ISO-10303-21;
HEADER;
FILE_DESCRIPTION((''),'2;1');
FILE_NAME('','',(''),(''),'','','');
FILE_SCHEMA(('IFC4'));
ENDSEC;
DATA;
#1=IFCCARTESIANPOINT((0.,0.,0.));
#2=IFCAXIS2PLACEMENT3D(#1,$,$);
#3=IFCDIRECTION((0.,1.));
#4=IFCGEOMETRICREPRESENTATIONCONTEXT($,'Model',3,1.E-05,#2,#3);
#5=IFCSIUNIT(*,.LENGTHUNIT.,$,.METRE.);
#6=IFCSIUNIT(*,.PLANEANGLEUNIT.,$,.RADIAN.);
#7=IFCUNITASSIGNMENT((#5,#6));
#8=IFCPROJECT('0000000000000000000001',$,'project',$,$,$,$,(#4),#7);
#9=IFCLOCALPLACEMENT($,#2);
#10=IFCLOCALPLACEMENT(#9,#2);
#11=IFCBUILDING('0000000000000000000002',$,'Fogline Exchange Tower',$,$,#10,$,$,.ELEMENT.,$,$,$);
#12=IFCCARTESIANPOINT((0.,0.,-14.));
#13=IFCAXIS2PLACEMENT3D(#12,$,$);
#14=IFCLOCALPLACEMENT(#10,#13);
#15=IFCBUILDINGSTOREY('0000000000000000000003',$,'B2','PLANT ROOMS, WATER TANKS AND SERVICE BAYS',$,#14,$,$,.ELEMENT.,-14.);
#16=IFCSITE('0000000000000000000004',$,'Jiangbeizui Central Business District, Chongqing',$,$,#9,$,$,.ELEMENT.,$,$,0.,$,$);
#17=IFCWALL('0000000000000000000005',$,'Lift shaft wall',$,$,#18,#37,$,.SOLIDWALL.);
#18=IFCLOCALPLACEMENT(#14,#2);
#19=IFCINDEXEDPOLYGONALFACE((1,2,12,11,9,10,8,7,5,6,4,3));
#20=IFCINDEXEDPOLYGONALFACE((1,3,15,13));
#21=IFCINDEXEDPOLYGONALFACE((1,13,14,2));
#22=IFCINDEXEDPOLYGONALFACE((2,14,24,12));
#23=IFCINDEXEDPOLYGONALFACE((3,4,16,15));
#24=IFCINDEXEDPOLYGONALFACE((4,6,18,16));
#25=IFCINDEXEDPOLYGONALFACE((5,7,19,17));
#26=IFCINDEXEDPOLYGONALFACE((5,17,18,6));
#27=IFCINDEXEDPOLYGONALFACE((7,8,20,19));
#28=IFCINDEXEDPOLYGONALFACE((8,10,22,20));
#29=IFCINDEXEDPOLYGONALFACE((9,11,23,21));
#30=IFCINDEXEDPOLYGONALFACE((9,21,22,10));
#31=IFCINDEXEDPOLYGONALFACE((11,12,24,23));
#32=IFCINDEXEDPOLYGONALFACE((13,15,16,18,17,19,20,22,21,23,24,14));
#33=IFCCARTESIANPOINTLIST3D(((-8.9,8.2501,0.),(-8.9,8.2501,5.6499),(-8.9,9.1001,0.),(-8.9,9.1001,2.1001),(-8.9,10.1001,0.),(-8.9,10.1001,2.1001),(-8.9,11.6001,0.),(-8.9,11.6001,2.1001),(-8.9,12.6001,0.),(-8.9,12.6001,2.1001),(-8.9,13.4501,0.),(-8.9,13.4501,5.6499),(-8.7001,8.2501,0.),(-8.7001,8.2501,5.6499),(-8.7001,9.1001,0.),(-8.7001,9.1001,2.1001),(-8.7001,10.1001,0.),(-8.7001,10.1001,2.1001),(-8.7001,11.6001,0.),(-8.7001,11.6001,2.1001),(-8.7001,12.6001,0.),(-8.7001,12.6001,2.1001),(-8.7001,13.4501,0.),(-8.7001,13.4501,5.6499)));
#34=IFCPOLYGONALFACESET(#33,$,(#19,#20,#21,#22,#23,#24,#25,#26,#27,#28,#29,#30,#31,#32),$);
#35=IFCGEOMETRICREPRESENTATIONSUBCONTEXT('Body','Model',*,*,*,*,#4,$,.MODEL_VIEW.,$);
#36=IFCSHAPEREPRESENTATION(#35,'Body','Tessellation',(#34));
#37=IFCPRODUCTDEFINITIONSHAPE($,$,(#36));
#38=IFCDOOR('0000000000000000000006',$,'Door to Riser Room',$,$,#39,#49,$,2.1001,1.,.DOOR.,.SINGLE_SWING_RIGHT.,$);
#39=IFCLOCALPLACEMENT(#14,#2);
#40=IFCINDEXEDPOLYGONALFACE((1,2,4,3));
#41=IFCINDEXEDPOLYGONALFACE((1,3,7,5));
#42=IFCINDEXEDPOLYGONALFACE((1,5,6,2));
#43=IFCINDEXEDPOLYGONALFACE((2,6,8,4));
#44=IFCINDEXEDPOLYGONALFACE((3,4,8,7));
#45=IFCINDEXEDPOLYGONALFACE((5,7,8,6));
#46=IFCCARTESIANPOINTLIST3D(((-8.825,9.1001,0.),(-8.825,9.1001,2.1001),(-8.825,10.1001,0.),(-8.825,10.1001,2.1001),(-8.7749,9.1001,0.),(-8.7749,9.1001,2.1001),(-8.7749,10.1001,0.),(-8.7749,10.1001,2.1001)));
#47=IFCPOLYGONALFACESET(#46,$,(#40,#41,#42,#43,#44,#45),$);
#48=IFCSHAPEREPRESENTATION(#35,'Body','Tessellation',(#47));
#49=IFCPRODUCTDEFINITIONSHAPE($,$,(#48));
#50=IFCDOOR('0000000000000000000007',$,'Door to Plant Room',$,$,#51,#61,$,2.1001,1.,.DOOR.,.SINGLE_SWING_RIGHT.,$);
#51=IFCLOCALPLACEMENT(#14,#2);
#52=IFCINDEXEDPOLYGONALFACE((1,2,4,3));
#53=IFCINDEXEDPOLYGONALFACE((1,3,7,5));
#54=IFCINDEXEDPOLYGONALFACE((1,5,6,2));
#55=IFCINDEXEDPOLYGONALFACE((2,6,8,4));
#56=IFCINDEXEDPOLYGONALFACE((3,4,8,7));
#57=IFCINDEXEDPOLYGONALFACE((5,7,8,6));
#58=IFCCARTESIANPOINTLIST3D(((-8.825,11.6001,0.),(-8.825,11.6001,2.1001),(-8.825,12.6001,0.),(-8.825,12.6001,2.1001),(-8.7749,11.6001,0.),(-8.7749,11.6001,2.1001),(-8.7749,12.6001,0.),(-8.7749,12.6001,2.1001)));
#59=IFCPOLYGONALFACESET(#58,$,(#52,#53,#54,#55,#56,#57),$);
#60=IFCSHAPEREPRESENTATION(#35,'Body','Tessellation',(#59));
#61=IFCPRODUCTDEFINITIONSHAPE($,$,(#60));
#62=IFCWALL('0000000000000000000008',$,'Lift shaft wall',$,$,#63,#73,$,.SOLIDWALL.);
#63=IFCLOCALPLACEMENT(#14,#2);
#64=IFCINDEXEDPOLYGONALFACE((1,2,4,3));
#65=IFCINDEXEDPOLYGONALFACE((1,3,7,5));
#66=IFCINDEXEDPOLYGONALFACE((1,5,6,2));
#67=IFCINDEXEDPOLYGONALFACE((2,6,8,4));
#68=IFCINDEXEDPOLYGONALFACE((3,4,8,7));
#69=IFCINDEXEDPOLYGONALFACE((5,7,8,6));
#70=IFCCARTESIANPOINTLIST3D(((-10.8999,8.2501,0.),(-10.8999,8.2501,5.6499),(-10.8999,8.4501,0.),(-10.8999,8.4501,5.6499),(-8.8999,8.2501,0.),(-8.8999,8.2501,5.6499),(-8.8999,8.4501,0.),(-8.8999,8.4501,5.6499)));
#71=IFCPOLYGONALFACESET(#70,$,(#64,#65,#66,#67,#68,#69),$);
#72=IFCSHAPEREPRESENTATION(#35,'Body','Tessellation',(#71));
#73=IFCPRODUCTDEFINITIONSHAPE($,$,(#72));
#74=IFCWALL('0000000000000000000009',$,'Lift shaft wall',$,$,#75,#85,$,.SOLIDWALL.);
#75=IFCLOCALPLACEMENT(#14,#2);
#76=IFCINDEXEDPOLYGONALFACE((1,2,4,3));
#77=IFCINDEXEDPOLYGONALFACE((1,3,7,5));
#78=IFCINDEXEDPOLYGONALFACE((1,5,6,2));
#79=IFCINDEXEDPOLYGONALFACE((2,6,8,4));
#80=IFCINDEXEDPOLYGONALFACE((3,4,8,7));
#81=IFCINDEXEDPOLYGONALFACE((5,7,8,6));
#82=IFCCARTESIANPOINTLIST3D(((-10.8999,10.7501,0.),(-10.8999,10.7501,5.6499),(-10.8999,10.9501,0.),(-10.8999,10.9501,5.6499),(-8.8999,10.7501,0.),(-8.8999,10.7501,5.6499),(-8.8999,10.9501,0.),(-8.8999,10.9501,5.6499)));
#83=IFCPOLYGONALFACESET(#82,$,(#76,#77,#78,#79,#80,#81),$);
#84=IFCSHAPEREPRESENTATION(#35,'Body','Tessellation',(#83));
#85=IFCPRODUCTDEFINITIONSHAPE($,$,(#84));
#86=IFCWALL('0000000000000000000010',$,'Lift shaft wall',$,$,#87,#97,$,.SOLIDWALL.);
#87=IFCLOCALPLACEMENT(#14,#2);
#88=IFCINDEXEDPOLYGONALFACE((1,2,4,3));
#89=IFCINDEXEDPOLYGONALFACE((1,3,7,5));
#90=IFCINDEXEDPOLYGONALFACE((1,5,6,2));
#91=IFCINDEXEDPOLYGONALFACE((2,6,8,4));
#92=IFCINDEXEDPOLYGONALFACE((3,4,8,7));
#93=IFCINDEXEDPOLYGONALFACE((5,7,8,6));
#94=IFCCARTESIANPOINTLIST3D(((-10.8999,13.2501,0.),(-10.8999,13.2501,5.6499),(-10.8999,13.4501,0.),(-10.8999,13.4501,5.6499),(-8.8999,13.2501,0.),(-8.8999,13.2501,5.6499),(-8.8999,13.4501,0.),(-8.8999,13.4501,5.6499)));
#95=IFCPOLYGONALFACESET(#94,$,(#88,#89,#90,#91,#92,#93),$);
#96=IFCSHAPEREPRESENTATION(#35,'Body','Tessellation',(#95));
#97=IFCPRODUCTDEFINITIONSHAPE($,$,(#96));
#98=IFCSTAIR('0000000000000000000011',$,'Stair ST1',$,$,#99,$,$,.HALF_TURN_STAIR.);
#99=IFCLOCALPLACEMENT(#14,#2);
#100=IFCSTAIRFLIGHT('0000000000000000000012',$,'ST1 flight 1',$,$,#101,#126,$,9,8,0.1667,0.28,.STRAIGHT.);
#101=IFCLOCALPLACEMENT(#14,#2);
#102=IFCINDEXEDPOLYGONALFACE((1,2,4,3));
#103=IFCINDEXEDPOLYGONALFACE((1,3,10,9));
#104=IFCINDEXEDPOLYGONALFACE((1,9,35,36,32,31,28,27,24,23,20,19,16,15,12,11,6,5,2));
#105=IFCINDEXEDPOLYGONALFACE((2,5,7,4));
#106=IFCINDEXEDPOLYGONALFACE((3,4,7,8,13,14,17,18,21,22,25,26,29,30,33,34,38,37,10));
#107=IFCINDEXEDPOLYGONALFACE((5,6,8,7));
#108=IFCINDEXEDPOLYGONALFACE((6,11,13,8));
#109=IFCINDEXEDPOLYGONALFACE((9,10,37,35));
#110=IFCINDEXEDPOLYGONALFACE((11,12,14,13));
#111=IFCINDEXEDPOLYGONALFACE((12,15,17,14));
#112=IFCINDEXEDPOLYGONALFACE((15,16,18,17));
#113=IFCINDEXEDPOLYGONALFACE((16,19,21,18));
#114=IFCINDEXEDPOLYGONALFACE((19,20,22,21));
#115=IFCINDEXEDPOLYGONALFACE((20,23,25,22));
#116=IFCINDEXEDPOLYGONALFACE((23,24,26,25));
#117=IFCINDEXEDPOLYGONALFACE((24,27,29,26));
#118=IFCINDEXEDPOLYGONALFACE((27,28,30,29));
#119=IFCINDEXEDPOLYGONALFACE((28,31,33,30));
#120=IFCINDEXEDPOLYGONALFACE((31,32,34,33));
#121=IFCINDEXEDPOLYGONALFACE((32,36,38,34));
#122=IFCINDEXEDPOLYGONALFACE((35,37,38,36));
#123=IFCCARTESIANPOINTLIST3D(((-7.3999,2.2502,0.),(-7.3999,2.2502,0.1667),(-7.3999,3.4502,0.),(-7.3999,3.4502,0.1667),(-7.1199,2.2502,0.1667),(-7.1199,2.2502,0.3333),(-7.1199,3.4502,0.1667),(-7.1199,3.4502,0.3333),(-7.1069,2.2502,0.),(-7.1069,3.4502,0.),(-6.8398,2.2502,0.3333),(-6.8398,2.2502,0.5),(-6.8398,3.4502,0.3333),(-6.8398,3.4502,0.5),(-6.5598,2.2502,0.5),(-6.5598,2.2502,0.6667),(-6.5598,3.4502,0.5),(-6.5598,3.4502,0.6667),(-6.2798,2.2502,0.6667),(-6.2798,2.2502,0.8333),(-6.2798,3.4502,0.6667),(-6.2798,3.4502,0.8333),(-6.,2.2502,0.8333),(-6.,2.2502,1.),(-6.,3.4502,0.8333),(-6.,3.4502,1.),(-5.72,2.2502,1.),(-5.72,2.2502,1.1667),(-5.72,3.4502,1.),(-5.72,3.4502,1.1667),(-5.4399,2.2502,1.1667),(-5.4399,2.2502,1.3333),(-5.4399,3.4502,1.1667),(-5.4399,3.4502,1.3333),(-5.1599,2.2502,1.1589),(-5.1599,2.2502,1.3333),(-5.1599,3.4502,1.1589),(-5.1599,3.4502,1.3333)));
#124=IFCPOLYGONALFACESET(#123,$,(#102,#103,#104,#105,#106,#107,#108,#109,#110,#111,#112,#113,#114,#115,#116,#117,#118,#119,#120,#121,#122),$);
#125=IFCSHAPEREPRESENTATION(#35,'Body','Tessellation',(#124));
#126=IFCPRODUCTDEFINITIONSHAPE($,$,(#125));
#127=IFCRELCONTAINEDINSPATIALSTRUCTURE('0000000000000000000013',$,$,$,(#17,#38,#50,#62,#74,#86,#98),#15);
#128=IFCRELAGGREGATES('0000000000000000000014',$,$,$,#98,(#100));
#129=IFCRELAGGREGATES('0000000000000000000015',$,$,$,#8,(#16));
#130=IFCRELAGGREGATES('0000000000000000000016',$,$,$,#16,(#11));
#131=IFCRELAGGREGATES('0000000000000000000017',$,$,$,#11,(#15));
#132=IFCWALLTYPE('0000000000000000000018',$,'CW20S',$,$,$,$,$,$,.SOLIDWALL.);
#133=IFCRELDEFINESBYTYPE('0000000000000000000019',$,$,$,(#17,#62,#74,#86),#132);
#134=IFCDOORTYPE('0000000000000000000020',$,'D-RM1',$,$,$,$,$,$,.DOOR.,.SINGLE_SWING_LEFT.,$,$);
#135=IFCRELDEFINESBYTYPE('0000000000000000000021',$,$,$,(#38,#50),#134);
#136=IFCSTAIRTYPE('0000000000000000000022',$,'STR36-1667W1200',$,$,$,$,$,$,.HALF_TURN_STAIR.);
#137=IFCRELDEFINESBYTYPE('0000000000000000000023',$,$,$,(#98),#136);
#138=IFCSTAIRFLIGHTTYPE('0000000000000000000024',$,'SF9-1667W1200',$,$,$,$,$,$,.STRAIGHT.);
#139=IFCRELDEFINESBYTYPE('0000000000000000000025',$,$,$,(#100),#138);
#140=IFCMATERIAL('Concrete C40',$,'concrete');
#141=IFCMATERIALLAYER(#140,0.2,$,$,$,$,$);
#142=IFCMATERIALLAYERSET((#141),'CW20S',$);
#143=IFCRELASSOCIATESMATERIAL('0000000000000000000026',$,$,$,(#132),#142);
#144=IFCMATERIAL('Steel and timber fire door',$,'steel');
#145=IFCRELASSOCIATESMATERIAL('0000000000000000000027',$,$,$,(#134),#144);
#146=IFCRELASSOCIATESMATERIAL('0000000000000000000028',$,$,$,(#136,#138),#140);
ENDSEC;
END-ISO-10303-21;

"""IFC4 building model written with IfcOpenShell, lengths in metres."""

from ifc_helpers import new_model, si_unit, direction, frame, frame_2d, origin, place, context, subcontext, project, spatial, polyline, rectangle, outline, extrude, material, layer, layer_set, type_object, element, fill, aggregate, save


model = new_model("IFC4")

# Units and contexts
model_context = context("Model", 3, precision=1e-05, world=origin(), true_north=direction((0.0, 1.0)))
body_context = subcontext(model_context, "Body", "Model", "MODEL_VIEW")
ifc_project = project(units=[si_unit("LENGTHUNIT", "METRE"), si_unit("PLANEANGLEUNIT", "RADIAN")], contexts=[model_context])

# Site, building, storey
site_placement = place(None, origin())
site = spatial("IfcSite", under=ifc_project, at=site_placement, Name="Jiangbeizui Central Business District, Chongqing", CompositionType="ELEMENT", RefElevation=0.0)
building_placement = place(site_placement, origin())
building = spatial("IfcBuilding", under=site, at=building_placement, Name="Fogline Exchange Tower", CompositionType="ELEMENT")
storey_placement = place(building_placement, frame((0.0, 0.0, -14.0)))
storey = spatial("IfcBuildingStorey", under=building, at=storey_placement, Name="B2", Description="PLANT ROOMS, WATER TANKS AND SERVICE BAYS", CompositionType="ELEMENT", Elevation=-14.0)

# Shared definitions
ifc_material_1 = material(Name="Concrete C40", Category="concrete")

# Shared definitions
ifc_material_2 = material(Name="Steel and timber fire door", Category="steel")

# Wall, openings, doors
ifc_layer_1 = layer(ifc_material_1, 0.2)
ifc_layer_set_1 = layer_set([ifc_layer_1], Name="CW20S")
wall_type_1 = type_object("IfcWallType", Name="CW20S", PredefinedType="SOLIDWALL", material=ifc_layer_set_1)
wall_1_placement = place(storey_placement, frame((-8.8, 8.25, 0.0), z_axis=(0.0, 0.0, 1.0), x_axis=(0.0, 1.0, 0.0)))
wall_1 = element("IfcWall", 1, at=wall_1_placement, inside=storey, type_object=wall_type_1, Name="Lift shaft wall", PredefinedType="SOLIDWALL", context=body_context, shape_type="SweptSolid", body=[
    extrude(rectangle(XDim=5.2, YDim=0.2, at=frame_2d((2.6001, 0.0))), origin(), (0.0, 0.0, 1.0), 5.6499),
])
opening_1_placement = place(wall_1_placement, frame((0.8501, 0.0, 0.0)))
opening_1 = element("IfcOpeningElement", 2, at=opening_1_placement, cuts=wall_1, PredefinedType="OPENING", context=body_context, shape_type="SweptSolid", body=[
    extrude(rectangle(XDim=1.0, YDim=2.1001, at=frame_2d((0.5, 1.05))), frame((0.0, 0.1099, 0.0), z_axis=(0.0, -1.0, 0.0), x_axis=(1.0, 0.0, 0.0)), (0.0, 0.0, 1.0), 0.22),
])
opening_2_placement = place(wall_1_placement, frame((3.3501, 0.0, 0.0)))
opening_2 = element("IfcOpeningElement", 3, at=opening_2_placement, cuts=wall_1, PredefinedType="OPENING", context=body_context, shape_type="SweptSolid", body=[
    extrude(rectangle(XDim=1.0, YDim=2.1001, at=frame_2d((0.5, 1.05))), frame((0.0, 0.1099, 0.0), z_axis=(0.0, -1.0, 0.0), x_axis=(1.0, 0.0, 0.0)), (0.0, 0.0, 1.0), 0.22),
])
door_type_1 = type_object("IfcDoorType", Name="D-RM1", OperationType="SINGLE_SWING_LEFT", PredefinedType="DOOR", material=ifc_material_2)
door_1_placement = place(opening_1_placement, origin())
door_1 = element("IfcDoor", 4, at=door_1_placement, inside=storey, type_object=door_type_1, Name="Door to Riser Room", OperationType="SINGLE_SWING_RIGHT", OverallHeight=2.1001, OverallWidth=1.0, PredefinedType="DOOR", context=body_context, shape_type="SweptSolid", body=[
    extrude(rectangle(XDim=1.0, YDim=2.1001, at=frame_2d((0.5, 1.05))), frame((0.0, 0.0249, 0.0), z_axis=(0.0, -1.0, 0.0), x_axis=(1.0, 0.0, 0.0)), (0.0, 0.0, 1.0), 0.05),
])
fill(opening_1, door_1)
door_2_placement = place(opening_2_placement, origin())
door_2 = element("IfcDoor", 5, at=door_2_placement, inside=storey, type_object=door_type_1, Name="Door to Plant Room", OperationType="SINGLE_SWING_RIGHT", OverallHeight=2.1001, OverallWidth=1.0, PredefinedType="DOOR", context=body_context, shape_type="SweptSolid", body=[
    extrude(rectangle(XDim=1.0, YDim=2.1001, at=frame_2d((0.5, 1.05))), frame((0.0, 0.0249, 0.0), z_axis=(0.0, -1.0, 0.0), x_axis=(1.0, 0.0, 0.0)), (0.0, 0.0, 1.0), 0.05),
])
fill(opening_2, door_2)

# Walls
for number, where, z_axis, x_axis, name in (
    (6, (-10.8999, 8.3501, 0.0), (0.0, 0.0, 1.0), (1.0, 0.0, 0.0), "Lift shaft wall"),
    (7, (-10.8999, 10.8501, 0.0), (0.0, 0.0, 1.0), (1.0, 0.0, 0.0), "Lift shaft wall"),
    (8, (-10.8999, 13.3501, 0.0), (0.0, 0.0, 1.0), (1.0, 0.0, 0.0), "Lift shaft wall"),
):
    element("IfcWall", number, at=place(storey_placement, frame(where, z_axis=z_axis, x_axis=x_axis)), inside=storey, type_object=wall_type_1, Name=name, PredefinedType="SOLIDWALL", context=body_context, shape_type="SweptSolid", body=[
        extrude(rectangle(XDim=2.0, YDim=0.2, at=frame_2d((1.0, 0.0))), origin(), (0.0, 0.0, 1.0), 5.6499),
    ])

# Stair, stair flight
stair_type = type_object("IfcStairType", Name="STR36-1667W1200", PredefinedType="HALF_TURN_STAIR", material=ifc_material_1)
stair_placement = place(storey_placement, origin())
stair = element("IfcStair", 9, at=stair_placement, inside=storey, type_object=stair_type, Name="Stair ST1", PredefinedType="HALF_TURN_STAIR")
stair_flight_type = type_object("IfcStairFlightType", Name="SF9-1667W1200", PredefinedType="STRAIGHT", material=ifc_material_1)
stair_flight_placement = place(storey_placement, frame((-7.3999, 2.8501, 0.0), z_axis=(0.0, 0.0, 1.0), x_axis=(1.0, 0.0, 0.0)))
stair_flight = element("IfcStairFlight", 10, at=stair_flight_placement, type_object=stair_flight_type, Name="ST1 flight 1", NumberOfRisers=9, NumberOfTreads=8, PredefinedType="STRAIGHT", RiserHeight=0.1667, TreadLength=0.28, context=body_context, shape_type="SweptSolid", body=[
    extrude(outline(polyline([(0.0, 0.0), (0.0, 0.1667), (0.28, 0.1667), (0.28, 0.3333), (0.5601, 0.3333), (0.5601, 0.5), (0.8401, 0.5), (0.8401, 0.6667), (1.1201, 0.6667), (1.1201, 0.8333), (1.3999, 0.8333), (1.3999, 1.0), (1.6799, 1.0), (1.6799, 1.1667), (1.96, 1.1667), (1.96, 1.3333), (2.24, 1.3333), (2.24, 1.5), (2.24, 1.1589), (0.293, 0.0), (0.0, 0.0)])), frame((0.0, 0.6001, 0.0), z_axis=(0.0, -1.0, 0.0), x_axis=(1.0, 0.0, 0.0)), (0.0, 0.0, 1.0), 1.2),
])
aggregate(stair, [stair_flight])

save(model, "model.ifc")
